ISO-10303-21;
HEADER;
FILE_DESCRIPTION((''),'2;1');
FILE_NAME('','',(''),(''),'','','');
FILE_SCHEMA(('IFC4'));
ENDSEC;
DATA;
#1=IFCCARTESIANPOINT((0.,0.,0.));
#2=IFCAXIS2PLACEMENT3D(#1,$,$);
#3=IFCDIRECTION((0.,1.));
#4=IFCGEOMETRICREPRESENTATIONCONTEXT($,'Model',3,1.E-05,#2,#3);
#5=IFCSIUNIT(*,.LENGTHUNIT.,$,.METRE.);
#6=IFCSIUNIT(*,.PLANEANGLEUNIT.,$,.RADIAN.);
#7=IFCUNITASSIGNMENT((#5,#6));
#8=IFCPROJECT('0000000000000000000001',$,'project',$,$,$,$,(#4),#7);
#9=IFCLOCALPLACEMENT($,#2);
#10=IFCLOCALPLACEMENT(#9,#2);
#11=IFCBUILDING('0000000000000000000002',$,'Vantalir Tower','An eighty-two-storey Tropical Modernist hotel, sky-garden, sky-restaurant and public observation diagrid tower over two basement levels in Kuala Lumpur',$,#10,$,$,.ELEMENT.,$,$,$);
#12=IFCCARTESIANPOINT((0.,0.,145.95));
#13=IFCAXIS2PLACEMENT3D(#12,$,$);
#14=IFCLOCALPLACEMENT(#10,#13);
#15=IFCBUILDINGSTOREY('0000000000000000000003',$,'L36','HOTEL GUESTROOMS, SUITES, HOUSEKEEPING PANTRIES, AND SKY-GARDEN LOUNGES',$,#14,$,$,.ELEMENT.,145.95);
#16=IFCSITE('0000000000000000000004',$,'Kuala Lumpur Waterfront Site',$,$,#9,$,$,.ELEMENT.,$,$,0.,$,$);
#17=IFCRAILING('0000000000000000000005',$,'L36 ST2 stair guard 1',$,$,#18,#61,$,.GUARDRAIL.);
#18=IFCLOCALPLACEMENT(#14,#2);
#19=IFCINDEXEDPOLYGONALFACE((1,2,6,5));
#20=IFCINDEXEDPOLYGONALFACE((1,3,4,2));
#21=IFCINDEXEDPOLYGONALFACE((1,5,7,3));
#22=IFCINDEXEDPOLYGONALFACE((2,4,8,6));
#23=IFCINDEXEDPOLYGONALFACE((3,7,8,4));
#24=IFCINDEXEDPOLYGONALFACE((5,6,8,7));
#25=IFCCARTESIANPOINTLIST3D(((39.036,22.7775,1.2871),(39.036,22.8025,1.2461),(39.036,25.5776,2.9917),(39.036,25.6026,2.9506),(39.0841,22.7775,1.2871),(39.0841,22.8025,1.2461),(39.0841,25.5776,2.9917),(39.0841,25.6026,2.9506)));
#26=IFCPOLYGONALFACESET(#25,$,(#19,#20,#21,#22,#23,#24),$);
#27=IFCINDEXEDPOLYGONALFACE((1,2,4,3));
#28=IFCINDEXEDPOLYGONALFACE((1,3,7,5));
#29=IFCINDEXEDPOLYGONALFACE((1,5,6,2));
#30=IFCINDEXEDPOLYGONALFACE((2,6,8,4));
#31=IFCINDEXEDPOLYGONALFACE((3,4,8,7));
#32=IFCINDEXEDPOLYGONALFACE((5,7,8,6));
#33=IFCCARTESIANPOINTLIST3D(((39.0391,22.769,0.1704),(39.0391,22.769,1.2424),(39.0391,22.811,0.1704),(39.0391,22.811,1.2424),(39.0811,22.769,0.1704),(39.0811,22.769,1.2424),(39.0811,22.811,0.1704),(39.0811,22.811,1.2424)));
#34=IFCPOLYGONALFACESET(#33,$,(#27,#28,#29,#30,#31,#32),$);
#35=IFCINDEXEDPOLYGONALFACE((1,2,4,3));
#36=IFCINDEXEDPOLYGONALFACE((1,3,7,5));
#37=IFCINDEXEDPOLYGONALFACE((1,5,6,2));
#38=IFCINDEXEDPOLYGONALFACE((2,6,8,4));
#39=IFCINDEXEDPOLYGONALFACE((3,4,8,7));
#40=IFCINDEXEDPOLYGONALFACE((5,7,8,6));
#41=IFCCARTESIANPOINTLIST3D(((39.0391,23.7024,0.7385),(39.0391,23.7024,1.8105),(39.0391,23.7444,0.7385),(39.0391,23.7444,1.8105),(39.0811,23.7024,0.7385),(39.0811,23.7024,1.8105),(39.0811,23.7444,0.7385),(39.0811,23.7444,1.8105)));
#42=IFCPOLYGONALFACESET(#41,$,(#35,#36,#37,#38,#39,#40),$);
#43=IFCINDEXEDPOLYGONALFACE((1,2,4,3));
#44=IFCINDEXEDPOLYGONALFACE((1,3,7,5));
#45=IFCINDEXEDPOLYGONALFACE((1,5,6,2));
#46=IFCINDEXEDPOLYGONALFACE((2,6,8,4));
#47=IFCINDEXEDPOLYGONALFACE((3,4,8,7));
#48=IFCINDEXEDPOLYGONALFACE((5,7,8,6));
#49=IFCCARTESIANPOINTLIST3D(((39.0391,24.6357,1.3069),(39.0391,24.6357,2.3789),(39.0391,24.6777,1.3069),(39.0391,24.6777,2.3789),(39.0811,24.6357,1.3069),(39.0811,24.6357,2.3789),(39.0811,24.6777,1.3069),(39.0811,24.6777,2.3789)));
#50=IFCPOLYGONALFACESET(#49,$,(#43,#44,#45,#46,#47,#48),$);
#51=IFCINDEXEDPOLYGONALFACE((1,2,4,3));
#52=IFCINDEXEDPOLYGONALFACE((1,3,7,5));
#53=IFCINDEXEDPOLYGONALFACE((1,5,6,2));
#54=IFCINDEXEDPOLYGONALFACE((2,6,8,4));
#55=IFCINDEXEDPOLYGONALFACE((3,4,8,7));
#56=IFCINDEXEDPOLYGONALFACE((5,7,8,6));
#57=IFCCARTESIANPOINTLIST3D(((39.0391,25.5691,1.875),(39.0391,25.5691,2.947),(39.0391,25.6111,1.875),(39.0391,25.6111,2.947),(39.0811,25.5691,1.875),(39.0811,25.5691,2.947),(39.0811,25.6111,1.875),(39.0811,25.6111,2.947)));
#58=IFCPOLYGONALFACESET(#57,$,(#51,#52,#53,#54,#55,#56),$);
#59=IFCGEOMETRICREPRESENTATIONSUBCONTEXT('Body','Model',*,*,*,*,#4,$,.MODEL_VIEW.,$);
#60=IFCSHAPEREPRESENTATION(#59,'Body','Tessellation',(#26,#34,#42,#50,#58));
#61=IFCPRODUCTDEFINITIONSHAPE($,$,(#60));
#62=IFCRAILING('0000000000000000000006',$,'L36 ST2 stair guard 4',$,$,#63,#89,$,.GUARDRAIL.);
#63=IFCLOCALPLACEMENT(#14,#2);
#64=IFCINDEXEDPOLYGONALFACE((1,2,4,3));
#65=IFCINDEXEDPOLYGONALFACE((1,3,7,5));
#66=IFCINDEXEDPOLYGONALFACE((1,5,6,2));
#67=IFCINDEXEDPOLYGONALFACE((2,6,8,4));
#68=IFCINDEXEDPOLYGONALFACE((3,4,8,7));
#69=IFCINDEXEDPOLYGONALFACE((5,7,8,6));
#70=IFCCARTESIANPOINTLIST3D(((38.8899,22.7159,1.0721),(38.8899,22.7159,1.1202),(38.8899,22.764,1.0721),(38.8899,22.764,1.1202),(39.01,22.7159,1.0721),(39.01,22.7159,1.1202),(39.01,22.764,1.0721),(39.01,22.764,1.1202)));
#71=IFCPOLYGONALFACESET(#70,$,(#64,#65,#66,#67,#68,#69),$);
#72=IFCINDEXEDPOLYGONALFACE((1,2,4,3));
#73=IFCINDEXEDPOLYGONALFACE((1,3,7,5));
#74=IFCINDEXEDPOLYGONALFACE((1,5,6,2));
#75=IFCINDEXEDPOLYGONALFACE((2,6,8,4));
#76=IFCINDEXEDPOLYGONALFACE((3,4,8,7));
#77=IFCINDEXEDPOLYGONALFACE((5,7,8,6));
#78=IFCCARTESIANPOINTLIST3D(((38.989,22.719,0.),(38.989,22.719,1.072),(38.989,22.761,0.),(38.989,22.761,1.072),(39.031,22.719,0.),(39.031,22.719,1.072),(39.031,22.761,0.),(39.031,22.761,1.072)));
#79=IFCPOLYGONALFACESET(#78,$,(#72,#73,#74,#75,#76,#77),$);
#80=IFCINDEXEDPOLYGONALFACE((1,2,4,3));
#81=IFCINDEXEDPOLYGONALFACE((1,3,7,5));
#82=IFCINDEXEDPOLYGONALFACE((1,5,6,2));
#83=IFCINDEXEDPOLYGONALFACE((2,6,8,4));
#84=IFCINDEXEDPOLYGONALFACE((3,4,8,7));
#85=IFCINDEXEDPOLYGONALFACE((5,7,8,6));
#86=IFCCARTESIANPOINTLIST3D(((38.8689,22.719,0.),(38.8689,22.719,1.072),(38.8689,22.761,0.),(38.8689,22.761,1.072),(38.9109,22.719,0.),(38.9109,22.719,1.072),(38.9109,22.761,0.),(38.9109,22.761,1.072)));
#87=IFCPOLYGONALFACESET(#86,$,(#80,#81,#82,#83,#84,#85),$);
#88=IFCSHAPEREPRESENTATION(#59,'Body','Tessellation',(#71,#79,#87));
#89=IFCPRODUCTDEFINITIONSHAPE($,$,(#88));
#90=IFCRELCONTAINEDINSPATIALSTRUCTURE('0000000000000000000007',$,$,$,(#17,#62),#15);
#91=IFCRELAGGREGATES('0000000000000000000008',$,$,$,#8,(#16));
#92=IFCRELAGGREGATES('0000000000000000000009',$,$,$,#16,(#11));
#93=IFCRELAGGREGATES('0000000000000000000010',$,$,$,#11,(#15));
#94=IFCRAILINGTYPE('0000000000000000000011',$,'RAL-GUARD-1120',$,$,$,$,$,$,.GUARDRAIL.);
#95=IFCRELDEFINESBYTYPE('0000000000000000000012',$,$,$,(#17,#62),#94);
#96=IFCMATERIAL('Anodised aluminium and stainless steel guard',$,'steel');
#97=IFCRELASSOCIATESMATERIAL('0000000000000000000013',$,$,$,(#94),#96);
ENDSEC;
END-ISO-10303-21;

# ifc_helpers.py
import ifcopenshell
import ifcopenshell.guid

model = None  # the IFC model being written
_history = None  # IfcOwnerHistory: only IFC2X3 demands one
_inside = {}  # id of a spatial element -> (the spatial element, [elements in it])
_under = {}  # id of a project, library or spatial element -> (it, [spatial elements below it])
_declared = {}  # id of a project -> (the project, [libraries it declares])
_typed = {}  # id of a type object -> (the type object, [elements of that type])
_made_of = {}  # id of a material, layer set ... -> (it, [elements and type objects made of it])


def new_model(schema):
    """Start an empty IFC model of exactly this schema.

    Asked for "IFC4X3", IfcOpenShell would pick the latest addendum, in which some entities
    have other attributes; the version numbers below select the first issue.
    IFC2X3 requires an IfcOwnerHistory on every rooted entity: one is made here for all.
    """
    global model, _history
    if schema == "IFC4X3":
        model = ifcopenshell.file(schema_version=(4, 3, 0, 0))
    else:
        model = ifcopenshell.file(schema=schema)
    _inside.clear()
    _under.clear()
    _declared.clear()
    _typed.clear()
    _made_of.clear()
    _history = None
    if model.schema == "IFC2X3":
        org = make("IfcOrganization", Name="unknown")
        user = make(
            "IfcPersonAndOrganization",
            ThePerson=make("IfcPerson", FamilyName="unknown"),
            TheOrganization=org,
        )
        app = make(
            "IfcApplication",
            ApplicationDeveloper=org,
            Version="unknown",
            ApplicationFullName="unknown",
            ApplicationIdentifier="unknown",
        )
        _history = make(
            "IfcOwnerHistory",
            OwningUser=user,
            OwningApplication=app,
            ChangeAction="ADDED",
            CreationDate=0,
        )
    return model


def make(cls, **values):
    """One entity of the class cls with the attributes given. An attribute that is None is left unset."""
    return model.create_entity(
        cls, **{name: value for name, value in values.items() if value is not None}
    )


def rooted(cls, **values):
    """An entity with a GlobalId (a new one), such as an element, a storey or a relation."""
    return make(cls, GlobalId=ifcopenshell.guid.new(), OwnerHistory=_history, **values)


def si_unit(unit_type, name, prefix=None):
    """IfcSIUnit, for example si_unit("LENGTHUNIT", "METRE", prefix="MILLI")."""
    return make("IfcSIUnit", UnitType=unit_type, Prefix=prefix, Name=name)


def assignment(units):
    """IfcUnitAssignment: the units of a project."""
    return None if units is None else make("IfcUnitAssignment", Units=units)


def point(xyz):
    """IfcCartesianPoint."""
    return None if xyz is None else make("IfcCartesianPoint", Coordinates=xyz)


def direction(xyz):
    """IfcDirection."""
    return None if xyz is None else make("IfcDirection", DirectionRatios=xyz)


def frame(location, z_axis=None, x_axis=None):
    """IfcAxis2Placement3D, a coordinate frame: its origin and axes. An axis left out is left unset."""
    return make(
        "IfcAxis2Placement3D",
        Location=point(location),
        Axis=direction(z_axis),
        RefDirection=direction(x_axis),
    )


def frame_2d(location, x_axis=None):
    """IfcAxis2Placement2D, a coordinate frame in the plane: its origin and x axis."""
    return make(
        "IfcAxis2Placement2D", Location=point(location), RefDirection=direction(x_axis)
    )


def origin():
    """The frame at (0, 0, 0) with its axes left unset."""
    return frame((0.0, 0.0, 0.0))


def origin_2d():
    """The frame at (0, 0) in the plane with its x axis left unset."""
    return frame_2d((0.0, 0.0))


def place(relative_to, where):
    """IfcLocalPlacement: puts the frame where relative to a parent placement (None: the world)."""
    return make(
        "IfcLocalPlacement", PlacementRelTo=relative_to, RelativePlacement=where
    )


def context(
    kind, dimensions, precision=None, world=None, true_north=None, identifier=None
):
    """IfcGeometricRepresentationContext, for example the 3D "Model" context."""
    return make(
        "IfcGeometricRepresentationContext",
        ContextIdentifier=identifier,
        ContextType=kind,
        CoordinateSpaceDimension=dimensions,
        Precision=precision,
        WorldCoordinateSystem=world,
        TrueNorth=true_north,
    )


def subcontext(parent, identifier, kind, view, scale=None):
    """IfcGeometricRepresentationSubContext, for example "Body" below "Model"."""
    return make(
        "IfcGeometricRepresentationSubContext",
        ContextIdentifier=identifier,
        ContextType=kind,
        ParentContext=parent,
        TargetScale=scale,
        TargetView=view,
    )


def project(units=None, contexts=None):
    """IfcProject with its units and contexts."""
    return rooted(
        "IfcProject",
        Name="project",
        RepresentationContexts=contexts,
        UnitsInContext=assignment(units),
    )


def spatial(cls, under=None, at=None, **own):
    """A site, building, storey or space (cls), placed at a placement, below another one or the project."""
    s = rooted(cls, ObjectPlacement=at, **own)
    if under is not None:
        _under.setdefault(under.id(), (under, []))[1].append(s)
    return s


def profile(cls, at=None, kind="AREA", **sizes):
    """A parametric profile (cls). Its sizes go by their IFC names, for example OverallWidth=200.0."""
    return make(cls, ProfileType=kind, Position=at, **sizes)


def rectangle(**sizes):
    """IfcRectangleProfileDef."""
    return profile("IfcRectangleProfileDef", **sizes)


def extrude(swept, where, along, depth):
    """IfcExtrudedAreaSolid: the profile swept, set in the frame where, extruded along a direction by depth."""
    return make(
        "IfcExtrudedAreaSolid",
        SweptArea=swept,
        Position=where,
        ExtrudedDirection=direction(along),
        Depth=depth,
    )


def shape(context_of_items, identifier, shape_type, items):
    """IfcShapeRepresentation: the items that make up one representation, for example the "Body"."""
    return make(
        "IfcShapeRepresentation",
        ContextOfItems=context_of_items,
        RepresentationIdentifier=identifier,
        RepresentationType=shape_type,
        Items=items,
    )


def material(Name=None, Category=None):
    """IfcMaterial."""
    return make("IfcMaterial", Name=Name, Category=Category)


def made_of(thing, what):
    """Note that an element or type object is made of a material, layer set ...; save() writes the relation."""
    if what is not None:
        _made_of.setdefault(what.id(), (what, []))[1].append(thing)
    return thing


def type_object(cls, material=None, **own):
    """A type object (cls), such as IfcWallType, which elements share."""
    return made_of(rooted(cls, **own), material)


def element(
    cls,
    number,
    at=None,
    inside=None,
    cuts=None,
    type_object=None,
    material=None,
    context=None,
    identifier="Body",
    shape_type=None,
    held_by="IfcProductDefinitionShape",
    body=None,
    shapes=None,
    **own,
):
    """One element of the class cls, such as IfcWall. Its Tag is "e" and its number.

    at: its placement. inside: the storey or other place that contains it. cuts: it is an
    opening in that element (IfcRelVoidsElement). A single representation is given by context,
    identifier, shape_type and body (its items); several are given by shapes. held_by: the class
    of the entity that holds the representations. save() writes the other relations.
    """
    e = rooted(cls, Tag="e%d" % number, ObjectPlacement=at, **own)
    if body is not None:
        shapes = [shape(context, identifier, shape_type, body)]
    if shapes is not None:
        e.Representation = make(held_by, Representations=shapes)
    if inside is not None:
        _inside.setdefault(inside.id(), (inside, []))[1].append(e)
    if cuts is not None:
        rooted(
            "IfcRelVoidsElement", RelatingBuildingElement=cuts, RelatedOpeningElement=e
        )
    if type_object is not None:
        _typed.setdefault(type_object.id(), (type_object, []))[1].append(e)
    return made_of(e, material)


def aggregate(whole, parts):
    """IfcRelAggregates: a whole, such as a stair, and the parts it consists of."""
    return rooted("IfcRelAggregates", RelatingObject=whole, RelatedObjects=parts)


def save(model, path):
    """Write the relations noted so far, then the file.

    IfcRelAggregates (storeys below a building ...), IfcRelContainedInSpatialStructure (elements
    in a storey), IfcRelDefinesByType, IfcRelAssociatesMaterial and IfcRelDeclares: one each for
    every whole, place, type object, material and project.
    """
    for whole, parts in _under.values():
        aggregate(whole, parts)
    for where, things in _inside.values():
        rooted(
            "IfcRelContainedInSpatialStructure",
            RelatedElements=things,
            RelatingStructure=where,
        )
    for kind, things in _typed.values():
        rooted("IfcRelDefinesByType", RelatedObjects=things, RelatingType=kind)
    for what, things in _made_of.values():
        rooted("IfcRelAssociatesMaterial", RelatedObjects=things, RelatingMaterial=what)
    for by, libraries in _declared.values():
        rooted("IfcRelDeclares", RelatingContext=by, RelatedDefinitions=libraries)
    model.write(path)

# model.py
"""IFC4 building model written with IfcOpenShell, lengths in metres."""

from ifc_helpers import new_model, si_unit, direction, frame, origin, origin_2d, place, context, subcontext, project, spatial, rectangle, extrude, material, type_object, element, save


model = new_model("IFC4")

# Units and contexts
model_context = context("Model", 3, precision=1e-05, world=origin(), true_north=direction((0.0, 1.0)))
body_context = subcontext(model_context, "Body", "Model", "MODEL_VIEW")
ifc_project = project(units=[si_unit("LENGTHUNIT", "METRE"), si_unit("PLANEANGLEUNIT", "RADIAN")], contexts=[model_context])

# Site, building, storey
site_placement = place(None, origin())
site = spatial("IfcSite", under=ifc_project, at=site_placement, Name="Kuala Lumpur Waterfront Site", CompositionType="ELEMENT", RefElevation=0.0)
building_placement = place(site_placement, origin())
building = spatial("IfcBuilding", under=site, at=building_placement, Name="Vantalir Tower", Description="An eighty-two-storey Tropical Modernist hotel, sky-garden, sky-restaurant and public observation diagrid tower over two basement levels in Kuala Lumpur", CompositionType="ELEMENT")
storey_placement = place(building_placement, frame((0.0, 0.0, 145.95)))
storey = spatial("IfcBuildingStorey", under=building, at=storey_placement, Name="L36", Description="HOTEL GUESTROOMS, SUITES, HOUSEKEEPING PANTRIES, AND SKY-GARDEN LOUNGES", CompositionType="ELEMENT", Elevation=145.95)

# Railings
ifc_material_1 = material(Name="Anodised aluminium and stainless steel guard", Category="steel")
railing_type = type_object("IfcRailingType", Name="RAL-GUARD-1120", PredefinedType="GUARDRAIL", material=ifc_material_1)
railing_1_placement = place(storey_placement, frame((39.0601, 22.79, 0.1704)))
element("IfcRailing", 1, at=railing_1_placement, inside=storey, type_object=railing_type, Name="L36 ST2 stair guard 1", PredefinedType="GUARDRAIL", context=body_context, shape_type="SweptSolid", body=[
    extrude(rectangle(XDim=0.0481, YDim=0.0481, at=origin_2d()), frame((0.0, 0.0, 1.0962), z_axis=(0.0, 0.85417, 0.519994), x_axis=(-1.0, 0.0, 0.0)), (0.0, 0.0, 1.0), 3.2781),
    extrude(rectangle(XDim=0.042, YDim=0.042, at=origin_2d()), origin(), (0.0, 0.0, 1.0), 1.072),
    extrude(rectangle(XDim=0.042, YDim=0.042, at=origin_2d()), frame((0.0, 0.9333, 0.5681)), (0.0, 0.0, 1.0), 1.072),
    extrude(rectangle(XDim=0.042, YDim=0.042, at=origin_2d()), frame((0.0, 1.8667, 1.1365)), (0.0, 0.0, 1.0), 1.072),
    extrude(rectangle(XDim=0.042, YDim=0.042, at=origin_2d()), frame((0.0, 2.8, 1.7046)), (0.0, 0.0, 1.0), 1.072),
])
railing_2_placement = place(storey_placement, frame((39.01, 22.74, 0.0)))
element("IfcRailing", 2, at=railing_2_placement, inside=storey, type_object=railing_type, Name="L36 ST2 stair guard 4", PredefinedType="GUARDRAIL", context=body_context, shape_type="SweptSolid", body=[
    extrude(rectangle(XDim=0.0481, YDim=0.0481, at=origin_2d()), frame((0.0, 0.0, 1.0962), z_axis=(-1.0, 0.0, 0.0), x_axis=(0.0, -1.0, 0.0)), (0.0, 0.0, 1.0), 0.1201),
    extrude(rectangle(XDim=0.042, YDim=0.042, at=origin_2d()), origin(), (0.0, 0.0, 1.0), 1.072),
    extrude(rectangle(XDim=0.042, YDim=0.042, at=origin_2d()), frame((-0.1201, 0.0, 0.0)), (0.0, 0.0, 1.0), 1.072),
])

save(model, "model.ifc")
